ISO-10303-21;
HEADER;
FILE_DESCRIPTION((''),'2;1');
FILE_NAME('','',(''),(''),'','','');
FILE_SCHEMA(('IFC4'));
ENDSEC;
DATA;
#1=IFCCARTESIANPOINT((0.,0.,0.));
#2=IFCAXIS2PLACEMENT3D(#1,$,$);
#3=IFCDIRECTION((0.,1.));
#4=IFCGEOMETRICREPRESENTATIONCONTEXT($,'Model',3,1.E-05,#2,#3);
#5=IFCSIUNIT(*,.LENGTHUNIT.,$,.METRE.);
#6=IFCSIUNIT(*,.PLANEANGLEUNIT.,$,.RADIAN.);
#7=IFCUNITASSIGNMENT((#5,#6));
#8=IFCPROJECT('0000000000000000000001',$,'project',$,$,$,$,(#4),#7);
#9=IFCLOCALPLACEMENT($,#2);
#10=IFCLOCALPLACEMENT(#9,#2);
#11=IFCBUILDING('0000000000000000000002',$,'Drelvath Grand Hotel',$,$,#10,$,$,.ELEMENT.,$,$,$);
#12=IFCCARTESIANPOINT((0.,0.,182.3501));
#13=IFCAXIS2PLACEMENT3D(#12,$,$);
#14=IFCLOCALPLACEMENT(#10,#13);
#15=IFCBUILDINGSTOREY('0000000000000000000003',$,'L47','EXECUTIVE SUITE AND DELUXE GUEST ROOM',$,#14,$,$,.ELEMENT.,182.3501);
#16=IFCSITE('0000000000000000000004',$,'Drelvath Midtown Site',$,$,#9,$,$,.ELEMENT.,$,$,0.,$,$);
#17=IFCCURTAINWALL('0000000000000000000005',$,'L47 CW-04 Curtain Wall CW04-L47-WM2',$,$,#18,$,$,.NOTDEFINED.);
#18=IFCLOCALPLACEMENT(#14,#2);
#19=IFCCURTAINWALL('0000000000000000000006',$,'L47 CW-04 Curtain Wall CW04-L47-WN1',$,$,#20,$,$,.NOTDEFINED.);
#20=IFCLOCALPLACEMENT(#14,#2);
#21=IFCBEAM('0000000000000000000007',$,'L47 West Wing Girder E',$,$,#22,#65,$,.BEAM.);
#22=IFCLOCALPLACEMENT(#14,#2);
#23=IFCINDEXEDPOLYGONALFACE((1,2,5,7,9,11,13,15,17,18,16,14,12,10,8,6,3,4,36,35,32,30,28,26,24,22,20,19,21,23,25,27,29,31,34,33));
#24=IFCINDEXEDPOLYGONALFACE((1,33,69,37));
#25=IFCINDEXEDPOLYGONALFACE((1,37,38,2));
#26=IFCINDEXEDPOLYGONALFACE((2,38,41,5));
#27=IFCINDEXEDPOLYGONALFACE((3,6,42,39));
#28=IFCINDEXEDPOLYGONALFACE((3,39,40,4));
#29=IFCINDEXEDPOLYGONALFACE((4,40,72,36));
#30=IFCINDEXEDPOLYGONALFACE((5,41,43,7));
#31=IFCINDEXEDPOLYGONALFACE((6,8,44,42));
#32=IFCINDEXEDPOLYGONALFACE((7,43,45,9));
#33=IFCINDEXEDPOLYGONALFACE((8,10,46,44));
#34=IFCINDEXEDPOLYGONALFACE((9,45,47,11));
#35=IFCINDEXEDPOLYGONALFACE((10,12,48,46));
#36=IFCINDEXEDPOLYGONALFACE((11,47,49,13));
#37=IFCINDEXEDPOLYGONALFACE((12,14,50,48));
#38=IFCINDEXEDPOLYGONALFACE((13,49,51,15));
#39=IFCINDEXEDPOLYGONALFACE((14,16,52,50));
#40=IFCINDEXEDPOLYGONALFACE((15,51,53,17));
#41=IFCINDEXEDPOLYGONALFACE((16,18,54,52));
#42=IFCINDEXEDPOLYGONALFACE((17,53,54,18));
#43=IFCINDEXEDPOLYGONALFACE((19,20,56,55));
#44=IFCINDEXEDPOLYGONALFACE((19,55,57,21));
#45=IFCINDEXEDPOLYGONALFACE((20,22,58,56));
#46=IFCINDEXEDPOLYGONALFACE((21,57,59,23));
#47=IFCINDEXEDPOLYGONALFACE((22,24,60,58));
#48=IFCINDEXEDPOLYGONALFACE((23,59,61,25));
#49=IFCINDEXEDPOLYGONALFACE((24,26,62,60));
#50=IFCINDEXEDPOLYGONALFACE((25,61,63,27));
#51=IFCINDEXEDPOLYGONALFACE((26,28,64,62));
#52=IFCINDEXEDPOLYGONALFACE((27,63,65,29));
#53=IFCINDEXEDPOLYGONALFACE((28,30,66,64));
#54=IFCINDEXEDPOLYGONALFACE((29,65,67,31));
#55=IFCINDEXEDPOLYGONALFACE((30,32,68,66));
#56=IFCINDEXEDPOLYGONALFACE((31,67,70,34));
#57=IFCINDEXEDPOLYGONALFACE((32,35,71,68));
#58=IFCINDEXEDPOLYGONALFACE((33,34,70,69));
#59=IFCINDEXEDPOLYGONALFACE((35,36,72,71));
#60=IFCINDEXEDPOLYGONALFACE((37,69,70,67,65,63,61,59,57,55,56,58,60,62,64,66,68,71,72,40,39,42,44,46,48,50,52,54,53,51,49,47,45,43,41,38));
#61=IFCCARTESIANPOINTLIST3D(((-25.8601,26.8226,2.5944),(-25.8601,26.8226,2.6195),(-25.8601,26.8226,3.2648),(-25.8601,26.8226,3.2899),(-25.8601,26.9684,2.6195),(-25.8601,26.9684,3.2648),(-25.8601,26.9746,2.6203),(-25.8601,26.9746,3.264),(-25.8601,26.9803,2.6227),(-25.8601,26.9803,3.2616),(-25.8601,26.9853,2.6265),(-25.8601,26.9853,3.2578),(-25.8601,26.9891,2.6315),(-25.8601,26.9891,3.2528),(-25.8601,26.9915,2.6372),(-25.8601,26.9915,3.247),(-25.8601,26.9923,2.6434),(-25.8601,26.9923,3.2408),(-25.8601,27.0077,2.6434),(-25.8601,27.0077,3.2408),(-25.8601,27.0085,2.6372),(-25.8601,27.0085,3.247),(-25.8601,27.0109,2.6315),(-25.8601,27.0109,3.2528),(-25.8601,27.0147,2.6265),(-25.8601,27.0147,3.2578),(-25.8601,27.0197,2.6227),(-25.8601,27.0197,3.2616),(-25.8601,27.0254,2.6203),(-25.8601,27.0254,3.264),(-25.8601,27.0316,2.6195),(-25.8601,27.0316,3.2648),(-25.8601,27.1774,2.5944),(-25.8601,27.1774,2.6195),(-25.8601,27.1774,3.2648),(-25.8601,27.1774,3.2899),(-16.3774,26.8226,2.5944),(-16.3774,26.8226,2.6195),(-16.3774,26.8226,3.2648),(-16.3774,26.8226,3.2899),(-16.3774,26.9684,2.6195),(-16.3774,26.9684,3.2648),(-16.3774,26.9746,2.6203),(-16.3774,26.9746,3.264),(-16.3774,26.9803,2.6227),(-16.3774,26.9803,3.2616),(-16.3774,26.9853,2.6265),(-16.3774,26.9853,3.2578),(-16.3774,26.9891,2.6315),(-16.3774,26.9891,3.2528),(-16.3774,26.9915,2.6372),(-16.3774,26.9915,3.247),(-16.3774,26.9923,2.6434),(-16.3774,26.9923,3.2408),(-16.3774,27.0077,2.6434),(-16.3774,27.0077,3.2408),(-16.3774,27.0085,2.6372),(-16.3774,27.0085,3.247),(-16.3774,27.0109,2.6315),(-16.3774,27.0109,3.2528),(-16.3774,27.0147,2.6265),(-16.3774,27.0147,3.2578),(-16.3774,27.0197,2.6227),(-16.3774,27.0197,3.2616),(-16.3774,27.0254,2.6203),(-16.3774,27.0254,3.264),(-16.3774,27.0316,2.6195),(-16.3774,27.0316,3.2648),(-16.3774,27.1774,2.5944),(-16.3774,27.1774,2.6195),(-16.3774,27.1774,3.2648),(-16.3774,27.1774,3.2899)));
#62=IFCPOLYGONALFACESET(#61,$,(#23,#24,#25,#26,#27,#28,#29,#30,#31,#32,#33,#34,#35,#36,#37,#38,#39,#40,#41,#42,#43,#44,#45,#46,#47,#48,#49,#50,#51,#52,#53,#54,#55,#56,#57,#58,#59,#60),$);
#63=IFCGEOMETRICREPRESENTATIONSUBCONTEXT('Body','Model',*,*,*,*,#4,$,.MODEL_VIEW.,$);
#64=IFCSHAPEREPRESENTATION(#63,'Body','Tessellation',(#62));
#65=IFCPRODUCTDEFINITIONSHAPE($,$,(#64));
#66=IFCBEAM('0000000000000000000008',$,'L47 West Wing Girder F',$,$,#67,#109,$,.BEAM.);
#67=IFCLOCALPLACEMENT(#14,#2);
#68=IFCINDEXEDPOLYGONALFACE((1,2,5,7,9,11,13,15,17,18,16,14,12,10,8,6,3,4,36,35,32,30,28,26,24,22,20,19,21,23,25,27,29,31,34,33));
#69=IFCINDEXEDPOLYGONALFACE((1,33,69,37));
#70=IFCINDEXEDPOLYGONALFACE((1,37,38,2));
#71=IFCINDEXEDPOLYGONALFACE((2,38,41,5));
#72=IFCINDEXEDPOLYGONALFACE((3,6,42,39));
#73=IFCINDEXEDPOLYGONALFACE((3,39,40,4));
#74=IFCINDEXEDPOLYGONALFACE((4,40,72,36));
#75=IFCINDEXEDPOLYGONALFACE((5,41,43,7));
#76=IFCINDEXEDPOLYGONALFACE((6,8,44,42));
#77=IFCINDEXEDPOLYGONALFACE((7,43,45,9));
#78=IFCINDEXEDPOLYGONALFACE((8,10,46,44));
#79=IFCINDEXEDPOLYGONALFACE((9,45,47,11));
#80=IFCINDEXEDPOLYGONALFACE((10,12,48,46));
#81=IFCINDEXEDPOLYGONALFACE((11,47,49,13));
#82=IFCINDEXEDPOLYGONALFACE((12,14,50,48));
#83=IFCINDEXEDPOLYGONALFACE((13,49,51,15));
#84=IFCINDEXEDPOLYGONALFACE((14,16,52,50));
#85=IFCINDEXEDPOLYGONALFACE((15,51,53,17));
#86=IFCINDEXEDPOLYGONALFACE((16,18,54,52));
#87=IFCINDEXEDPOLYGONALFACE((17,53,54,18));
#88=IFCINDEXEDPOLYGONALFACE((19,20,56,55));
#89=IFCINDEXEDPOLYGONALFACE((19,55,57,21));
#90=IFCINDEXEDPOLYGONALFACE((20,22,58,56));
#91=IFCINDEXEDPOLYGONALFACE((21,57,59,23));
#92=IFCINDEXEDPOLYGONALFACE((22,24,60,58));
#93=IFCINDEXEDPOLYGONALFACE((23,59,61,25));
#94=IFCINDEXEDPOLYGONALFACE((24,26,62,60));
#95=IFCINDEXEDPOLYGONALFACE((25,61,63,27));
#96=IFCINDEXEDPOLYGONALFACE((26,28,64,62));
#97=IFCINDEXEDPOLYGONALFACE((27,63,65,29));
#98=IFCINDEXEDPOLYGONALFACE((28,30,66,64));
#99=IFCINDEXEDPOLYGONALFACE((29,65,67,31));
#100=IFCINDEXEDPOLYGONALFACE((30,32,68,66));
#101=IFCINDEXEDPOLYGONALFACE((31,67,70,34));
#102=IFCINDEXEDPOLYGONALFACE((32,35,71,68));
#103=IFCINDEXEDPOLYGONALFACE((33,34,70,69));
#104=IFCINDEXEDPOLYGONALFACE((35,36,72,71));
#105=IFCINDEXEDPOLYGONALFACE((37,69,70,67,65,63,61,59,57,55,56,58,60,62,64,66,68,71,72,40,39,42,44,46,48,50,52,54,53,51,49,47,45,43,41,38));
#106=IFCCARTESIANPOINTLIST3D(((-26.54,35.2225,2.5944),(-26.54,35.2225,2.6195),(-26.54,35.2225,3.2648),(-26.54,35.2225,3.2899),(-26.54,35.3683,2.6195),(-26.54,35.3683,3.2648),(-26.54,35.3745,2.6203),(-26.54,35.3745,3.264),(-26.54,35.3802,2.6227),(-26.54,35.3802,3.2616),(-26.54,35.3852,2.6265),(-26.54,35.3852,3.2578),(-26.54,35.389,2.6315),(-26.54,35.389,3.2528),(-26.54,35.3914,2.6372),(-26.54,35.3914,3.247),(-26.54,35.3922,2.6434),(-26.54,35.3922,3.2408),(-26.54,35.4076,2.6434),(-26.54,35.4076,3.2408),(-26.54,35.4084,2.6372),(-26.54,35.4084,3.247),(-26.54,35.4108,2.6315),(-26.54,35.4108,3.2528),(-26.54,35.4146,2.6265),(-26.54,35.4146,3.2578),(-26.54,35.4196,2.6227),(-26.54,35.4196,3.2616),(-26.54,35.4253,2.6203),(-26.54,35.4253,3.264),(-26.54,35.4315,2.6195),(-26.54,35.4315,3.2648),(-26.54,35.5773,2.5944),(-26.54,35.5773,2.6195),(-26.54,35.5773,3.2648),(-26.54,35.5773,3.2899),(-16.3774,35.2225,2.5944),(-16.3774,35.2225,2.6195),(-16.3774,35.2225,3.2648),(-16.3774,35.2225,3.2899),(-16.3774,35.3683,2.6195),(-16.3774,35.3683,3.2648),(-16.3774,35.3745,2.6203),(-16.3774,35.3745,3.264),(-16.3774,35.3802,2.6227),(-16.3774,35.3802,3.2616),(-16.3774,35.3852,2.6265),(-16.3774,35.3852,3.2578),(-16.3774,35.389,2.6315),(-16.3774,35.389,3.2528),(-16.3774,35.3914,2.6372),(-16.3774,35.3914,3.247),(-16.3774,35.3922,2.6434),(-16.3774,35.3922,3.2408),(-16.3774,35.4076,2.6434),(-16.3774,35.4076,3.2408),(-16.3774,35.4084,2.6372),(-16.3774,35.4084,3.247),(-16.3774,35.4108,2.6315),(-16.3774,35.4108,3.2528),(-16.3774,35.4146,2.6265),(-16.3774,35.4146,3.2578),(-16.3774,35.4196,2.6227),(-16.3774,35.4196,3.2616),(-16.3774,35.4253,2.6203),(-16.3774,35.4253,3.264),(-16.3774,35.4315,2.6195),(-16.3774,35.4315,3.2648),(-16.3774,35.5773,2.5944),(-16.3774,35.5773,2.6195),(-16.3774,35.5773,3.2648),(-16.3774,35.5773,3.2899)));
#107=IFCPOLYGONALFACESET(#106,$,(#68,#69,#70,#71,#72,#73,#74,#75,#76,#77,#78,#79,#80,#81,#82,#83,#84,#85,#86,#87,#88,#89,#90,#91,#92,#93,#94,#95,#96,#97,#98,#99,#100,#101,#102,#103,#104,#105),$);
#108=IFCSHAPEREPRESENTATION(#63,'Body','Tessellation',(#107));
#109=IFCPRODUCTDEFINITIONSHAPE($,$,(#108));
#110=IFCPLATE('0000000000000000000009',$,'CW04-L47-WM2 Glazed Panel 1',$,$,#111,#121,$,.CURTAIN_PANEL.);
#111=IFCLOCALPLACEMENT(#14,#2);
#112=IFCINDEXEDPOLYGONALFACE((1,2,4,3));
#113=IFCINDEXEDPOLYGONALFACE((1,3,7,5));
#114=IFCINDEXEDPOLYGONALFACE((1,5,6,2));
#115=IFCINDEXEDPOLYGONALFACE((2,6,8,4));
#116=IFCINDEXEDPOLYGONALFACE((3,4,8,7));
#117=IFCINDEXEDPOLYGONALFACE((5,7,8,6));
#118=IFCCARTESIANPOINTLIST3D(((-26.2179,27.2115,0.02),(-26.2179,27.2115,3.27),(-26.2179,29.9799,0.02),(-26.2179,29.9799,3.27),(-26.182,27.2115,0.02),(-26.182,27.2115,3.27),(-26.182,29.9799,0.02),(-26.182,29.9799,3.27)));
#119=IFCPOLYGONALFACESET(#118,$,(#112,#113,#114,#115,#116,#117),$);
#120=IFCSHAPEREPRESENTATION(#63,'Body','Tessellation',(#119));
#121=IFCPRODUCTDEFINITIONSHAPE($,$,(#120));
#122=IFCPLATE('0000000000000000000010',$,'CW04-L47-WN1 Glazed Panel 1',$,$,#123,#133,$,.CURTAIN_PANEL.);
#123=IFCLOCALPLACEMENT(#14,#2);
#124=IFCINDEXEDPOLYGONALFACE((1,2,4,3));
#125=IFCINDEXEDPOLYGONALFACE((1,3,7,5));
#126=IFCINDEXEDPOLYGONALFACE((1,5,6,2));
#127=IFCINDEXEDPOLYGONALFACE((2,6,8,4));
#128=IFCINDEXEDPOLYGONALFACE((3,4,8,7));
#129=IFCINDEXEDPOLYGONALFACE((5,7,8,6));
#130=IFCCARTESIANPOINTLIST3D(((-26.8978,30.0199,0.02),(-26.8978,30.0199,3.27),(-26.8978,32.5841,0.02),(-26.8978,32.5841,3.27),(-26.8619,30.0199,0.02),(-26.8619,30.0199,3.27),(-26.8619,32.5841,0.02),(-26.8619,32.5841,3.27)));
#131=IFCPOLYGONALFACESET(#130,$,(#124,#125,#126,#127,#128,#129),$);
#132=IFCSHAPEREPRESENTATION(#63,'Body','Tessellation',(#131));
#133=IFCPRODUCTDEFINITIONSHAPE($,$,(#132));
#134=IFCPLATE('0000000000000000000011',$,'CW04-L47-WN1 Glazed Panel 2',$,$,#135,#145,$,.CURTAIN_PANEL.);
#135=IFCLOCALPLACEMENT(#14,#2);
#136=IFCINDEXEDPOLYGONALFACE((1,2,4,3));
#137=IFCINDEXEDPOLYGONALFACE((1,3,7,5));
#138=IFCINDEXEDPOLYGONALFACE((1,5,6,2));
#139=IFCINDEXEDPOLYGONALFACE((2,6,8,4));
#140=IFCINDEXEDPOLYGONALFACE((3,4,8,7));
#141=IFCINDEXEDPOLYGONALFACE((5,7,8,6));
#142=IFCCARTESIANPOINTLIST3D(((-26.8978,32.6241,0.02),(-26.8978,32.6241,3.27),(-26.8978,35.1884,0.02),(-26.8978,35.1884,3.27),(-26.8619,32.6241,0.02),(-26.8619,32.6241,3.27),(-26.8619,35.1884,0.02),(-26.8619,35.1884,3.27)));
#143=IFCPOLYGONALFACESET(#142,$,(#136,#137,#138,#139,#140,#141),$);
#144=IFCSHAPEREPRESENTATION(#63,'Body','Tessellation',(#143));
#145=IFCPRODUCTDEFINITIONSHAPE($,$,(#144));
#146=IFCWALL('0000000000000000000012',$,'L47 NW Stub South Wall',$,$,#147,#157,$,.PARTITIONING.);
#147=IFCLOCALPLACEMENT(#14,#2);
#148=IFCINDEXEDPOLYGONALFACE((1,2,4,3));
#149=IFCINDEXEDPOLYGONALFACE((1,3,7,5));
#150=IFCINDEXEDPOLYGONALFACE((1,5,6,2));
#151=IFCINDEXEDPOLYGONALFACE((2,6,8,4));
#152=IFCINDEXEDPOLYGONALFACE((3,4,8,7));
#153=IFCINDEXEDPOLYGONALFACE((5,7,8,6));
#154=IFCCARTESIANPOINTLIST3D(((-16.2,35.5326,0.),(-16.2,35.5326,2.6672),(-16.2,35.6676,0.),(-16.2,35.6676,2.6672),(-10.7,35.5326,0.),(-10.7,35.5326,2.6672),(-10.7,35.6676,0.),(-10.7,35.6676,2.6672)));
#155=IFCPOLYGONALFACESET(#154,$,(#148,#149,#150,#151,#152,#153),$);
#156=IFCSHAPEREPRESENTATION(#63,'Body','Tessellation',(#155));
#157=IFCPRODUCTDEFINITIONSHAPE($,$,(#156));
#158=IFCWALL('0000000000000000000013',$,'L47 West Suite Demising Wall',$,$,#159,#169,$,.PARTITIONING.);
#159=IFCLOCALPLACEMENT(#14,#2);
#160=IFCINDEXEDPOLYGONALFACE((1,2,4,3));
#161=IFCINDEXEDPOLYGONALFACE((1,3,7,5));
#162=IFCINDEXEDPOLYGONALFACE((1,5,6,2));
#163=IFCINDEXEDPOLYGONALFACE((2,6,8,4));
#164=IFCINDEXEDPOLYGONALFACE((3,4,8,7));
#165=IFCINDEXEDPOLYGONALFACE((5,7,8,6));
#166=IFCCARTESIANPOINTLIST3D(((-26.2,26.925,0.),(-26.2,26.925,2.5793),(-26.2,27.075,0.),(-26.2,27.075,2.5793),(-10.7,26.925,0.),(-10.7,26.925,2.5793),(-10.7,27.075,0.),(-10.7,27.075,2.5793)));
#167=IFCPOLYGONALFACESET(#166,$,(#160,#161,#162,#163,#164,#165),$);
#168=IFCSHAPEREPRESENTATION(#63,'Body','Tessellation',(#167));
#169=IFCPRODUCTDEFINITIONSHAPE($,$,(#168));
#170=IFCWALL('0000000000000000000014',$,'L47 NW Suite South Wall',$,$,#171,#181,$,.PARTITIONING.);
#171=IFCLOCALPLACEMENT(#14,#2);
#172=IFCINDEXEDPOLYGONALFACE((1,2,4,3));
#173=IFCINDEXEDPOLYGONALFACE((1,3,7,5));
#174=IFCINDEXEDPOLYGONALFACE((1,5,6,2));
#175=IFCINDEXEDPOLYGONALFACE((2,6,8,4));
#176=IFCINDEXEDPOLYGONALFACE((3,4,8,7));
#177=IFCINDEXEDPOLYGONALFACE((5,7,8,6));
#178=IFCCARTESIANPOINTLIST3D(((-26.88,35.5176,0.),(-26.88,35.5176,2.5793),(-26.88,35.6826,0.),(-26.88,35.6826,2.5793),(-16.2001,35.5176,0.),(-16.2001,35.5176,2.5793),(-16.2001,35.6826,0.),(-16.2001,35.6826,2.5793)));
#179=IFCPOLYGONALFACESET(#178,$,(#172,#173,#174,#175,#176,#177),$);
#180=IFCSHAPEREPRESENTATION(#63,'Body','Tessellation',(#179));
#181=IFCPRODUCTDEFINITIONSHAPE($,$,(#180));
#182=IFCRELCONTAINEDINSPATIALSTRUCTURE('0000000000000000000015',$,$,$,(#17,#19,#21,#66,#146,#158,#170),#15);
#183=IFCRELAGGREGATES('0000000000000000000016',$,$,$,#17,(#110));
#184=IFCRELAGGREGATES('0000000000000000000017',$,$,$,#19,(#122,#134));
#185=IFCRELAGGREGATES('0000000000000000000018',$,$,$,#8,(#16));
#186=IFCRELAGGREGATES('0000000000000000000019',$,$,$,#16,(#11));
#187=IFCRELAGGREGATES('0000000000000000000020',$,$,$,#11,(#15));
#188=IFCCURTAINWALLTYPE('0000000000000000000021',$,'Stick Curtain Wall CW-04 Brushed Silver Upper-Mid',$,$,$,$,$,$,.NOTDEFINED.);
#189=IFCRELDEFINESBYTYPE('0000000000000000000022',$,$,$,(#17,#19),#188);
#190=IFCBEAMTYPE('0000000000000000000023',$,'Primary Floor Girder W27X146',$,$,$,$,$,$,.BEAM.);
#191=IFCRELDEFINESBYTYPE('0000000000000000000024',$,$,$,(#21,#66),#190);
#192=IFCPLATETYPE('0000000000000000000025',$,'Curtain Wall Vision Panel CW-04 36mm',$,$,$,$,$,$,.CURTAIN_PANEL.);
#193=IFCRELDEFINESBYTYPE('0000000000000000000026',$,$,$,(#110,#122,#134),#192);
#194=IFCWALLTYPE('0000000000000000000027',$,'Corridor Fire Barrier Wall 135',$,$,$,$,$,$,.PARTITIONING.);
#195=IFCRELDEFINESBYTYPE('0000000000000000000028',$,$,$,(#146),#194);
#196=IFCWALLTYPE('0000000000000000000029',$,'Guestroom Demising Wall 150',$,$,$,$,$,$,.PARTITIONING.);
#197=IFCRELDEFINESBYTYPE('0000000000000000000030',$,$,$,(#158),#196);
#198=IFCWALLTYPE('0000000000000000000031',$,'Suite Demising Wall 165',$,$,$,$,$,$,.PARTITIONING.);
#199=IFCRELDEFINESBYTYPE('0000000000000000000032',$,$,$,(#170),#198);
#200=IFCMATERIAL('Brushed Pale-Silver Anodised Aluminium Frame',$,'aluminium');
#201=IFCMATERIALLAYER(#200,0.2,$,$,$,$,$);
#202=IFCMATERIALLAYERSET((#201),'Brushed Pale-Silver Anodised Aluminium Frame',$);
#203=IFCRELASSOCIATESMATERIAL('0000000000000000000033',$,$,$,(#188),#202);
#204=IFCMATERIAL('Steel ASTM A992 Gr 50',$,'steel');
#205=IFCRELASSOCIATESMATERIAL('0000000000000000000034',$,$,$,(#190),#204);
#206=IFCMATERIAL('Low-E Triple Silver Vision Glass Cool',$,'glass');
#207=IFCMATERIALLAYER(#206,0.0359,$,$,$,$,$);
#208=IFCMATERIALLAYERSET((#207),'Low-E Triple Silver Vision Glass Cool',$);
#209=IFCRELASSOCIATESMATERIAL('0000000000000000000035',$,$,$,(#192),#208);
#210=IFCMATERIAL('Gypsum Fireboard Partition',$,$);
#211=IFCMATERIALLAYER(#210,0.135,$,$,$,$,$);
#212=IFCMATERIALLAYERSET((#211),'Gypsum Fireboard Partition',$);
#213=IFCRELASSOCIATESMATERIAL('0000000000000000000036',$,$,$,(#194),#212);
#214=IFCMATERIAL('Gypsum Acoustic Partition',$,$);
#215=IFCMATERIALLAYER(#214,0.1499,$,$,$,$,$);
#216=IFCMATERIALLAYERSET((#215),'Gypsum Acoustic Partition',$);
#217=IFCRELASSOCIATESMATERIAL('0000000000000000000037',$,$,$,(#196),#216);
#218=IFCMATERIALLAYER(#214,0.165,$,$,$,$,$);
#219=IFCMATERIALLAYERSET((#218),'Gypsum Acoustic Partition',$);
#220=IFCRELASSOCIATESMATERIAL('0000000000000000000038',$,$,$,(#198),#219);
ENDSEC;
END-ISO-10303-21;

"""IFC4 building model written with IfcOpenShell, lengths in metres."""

from ifc_helpers import new_model, si_unit, direction, frame, frame_2d, origin, origin_2d, place, context, subcontext, project, spatial, rectangle, i_section, extrude, material, layer, layer_set, material_profile, profile_set, type_object, element, aggregate, save


model = new_model("IFC4")

# Units and contexts
model_context = context("Model", 3, precision=1e-05, world=origin(), true_north=direction((0.0, 1.0)))
body_context = subcontext(model_context, "Body", "Model", "MODEL_VIEW")
ifc_project = project(units=[si_unit("LENGTHUNIT", "METRE"), si_unit("PLANEANGLEUNIT", "RADIAN")], contexts=[model_context])

# Site, building, storey
site_placement = place(None, origin())
site = spatial("IfcSite", under=ifc_project, at=site_placement, Name="Drelvath Midtown Site", CompositionType="ELEMENT", RefElevation=0.0)
building_placement = place(site_placement, origin())
building = spatial("IfcBuilding", under=site, at=building_placement, Name="Drelvath Grand Hotel", CompositionType="ELEMENT")
storey_placement = place(building_placement, frame((0.0, 0.0, 182.3501)))
storey = spatial("IfcBuildingStorey", under=building, at=storey_placement, Name="L47", Description="EXECUTIVE SUITE AND DELUXE GUEST ROOM", CompositionType="ELEMENT", Elevation=182.3501)

# Curtain walls
ifc_material_1 = material(Name="Brushed Pale-Silver Anodised Aluminium Frame", Category="aluminium")
ifc_layer_1 = layer(ifc_material_1, 0.2)
ifc_layer_set_1 = layer_set([ifc_layer_1], Name="Brushed Pale-Silver Anodised Aluminium Frame")
curtain_wall_type = type_object("IfcCurtainWallType", Name="Stick Curtain Wall CW-04 Brushed Silver Upper-Mid", PredefinedType="NOTDEFINED", material=ifc_layer_set_1)
curtain_wall_1_placement = place(storey_placement, origin())
curtain_wall_1 = element("IfcCurtainWall", 1, at=curtain_wall_1_placement, inside=storey, type_object=curtain_wall_type, Name="L47 CW-04 Curtain Wall CW04-L47-WM2", PredefinedType="NOTDEFINED")
curtain_wall_2_placement = place(storey_placement, origin())
curtain_wall_2 = element("IfcCurtainWall", 2, at=curtain_wall_2_placement, inside=storey, type_object=curtain_wall_type, Name="L47 CW-04 Curtain Wall CW04-L47-WN1", PredefinedType="NOTDEFINED")

# Beams
ifc_material_2 = material(Name="Steel ASTM A992 Gr 50", Category="steel")
ifc_material_profile_1 = material_profile(ifc_material_2, i_section(OverallWidth=0.3547, OverallDepth=0.6956, WebThickness=0.0154, FlangeThickness=0.0251, FilletRadius=0.0239, at=origin_2d()), Name="W27X146")
ifc_profile_set_1 = profile_set([ifc_material_profile_1], Name="Steel ASTM A992 Gr 50")
beam_type_1 = type_object("IfcBeamType", Name="Primary Floor Girder W27X146", PredefinedType="BEAM", material=ifc_profile_set_1)
beam_1_placement = place(storey_placement, frame((-25.8601, 27.0, 2.9421), z_axis=(1.0, 0.0, 0.0), x_axis=(0.0, 1.0, 0.0)))
element("IfcBeam", 3, at=beam_1_placement, inside=storey, type_object=beam_type_1, Name="L47 West Wing Girder E", PredefinedType="BEAM", context=body_context, shape_type="SweptSolid", body=[
    extrude(i_section(OverallWidth=0.3547, OverallDepth=0.6956, WebThickness=0.0154, FlangeThickness=0.0251, FilletRadius=0.0239, at=origin_2d()), origin(), (0.0, 0.0, 1.0), 9.4827),
])
beam_2_placement = place(storey_placement, frame((-26.54, 35.3999, 2.9421), z_axis=(1.0, 0.0, 0.0), x_axis=(0.0, 1.0, 0.0)))
element("IfcBeam", 4, at=beam_2_placement, inside=storey, type_object=beam_type_1, Name="L47 West Wing Girder F", PredefinedType="BEAM", context=body_context, shape_type="SweptSolid", body=[
    extrude(i_section(OverallWidth=0.3547, OverallDepth=0.6956, WebThickness=0.0154, FlangeThickness=0.0251, FilletRadius=0.0239, at=origin_2d()), origin(), (0.0, 0.0, 1.0), 10.1626),
])

# Plates
ifc_material_3 = material(Name="Low-E Triple Silver Vision Glass Cool", Category="glass")
ifc_layer_2 = layer(ifc_material_3, 0.0359)
ifc_layer_set_2 = layer_set([ifc_layer_2], Name="Low-E Triple Silver Vision Glass Cool")
plate_type = type_object("IfcPlateType", Name="Curtain Wall Vision Panel CW-04 36mm", PredefinedType="CURTAIN_PANEL", material=ifc_layer_set_2)
plate_1_placement = place(storey_placement, frame((-26.2, 28.5957, 0.02), z_axis=(0.0, 0.0, 1.0), x_axis=(0.0, 1.0, 0.0)))
plate_1 = element("IfcPlate", 5, at=plate_1_placement, type_object=plate_type, Name="CW04-L47-WM2 Glazed Panel 1", PredefinedType="CURTAIN_PANEL", context=body_context, shape_type="SweptSolid", body=[
    extrude(rectangle(XDim=2.7683, YDim=0.0359, at=origin_2d()), origin(), (0.0, 0.0, 1.0), 3.25),
])
aggregate(curtain_wall_1, [plate_1])
plate_2_placement = place(storey_placement, frame((-26.8799, 31.302, 0.02), z_axis=(0.0, 0.0, 1.0), x_axis=(0.0, 1.0, 0.0)))
plate_2 = element("IfcPlate", 6, at=plate_2_placement, type_object=plate_type, Name="CW04-L47-WN1 Glazed Panel 1", PredefinedType="CURTAIN_PANEL", context=body_context, shape_type="SweptSolid", body=[
    extrude(rectangle(XDim=2.5642, YDim=0.0359, at=origin_2d()), origin(), (0.0, 0.0, 1.0), 3.25),
])
plate_3_placement = place(storey_placement, frame((-26.8799, 33.9062, 0.02), z_axis=(0.0, 0.0, 1.0), x_axis=(0.0, 1.0, 0.0)))
plate_3 = element("IfcPlate", 7, at=plate_3_placement, type_object=plate_type, Name="CW04-L47-WN1 Glazed Panel 2", PredefinedType="CURTAIN_PANEL", context=body_context, shape_type="SweptSolid", body=[
    extrude(rectangle(XDim=2.5642, YDim=0.0359, at=origin_2d()), origin(), (0.0, 0.0, 1.0), 3.25),
])
aggregate(curtain_wall_2, [plate_2, plate_3])

# Walls
ifc_material_4 = material(Name="Gypsum Fireboard Partition")
ifc_layer_3 = layer(ifc_material_4, 0.135)
ifc_layer_set_3 = layer_set([ifc_layer_3], Name="Gypsum Fireboard Partition")
wall_type_1 = type_object("IfcWallType", Name="Corridor Fire Barrier Wall 135", PredefinedType="PARTITIONING", material=ifc_layer_set_3)
wall_1_placement = place(storey_placement, frame((-16.2, 35.6001, 0.0), z_axis=(0.0, 0.0, 1.0), x_axis=(1.0, 0.0, 0.0)))
element("IfcWall", 8, at=wall_1_placement, inside=storey, type_object=wall_type_1, Name="L47 NW Stub South Wall", PredefinedType="PARTITIONING", context=body_context, shape_type="SweptSolid", body=[
    extrude(rectangle(XDim=5.5, YDim=0.135, at=frame_2d((2.75, 0.0))), origin(), (0.0, 0.0, 1.0), 2.6672),
])
ifc_material_5 = material(Name="Gypsum Acoustic Partition")
ifc_layer_4 = layer(ifc_material_5, 0.1499)
ifc_layer_set_4 = layer_set([ifc_layer_4], Name="Gypsum Acoustic Partition")
wall_type_2 = type_object("IfcWallType", Name="Guestroom Demising Wall 150", PredefinedType="PARTITIONING", material=ifc_layer_set_4)
wall_2_placement = place(storey_placement, frame((-26.2, 27.0, 0.0), z_axis=(0.0, 0.0, 1.0), x_axis=(1.0, 0.0, 0.0)))
element("IfcWall", 9, at=wall_2_placement, inside=storey, type_object=wall_type_2, Name="L47 West Suite Demising Wall", PredefinedType="PARTITIONING", context=body_context, shape_type="SweptSolid", body=[
    extrude(rectangle(XDim=15.5, YDim=0.1499, at=frame_2d((7.75, 0.0))), origin(), (0.0, 0.0, 1.0), 2.5793),
])
ifc_layer_5 = layer(ifc_material_5, 0.165)
ifc_layer_set_5 = layer_set([ifc_layer_5], Name="Gypsum Acoustic Partition")
wall_type_3 = type_object("IfcWallType", Name="Suite Demising Wall 165", PredefinedType="PARTITIONING", material=ifc_layer_set_5)
wall_3_placement = place(storey_placement, frame((-26.8799, 35.6001, 0.0), z_axis=(0.0, 0.0, 1.0), x_axis=(1.0, 0.0, 0.0)))
element("IfcWall", 10, at=wall_3_placement, inside=storey, type_object=wall_type_3, Name="L47 NW Suite South Wall", PredefinedType="PARTITIONING", context=body_context, shape_type="SweptSolid", body=[
    extrude(rectangle(XDim=10.6799, YDim=0.165, at=frame_2d((5.3398, 0.0))), origin(), (0.0, 0.0, 1.0), 2.5793),
])

save(model, "model.ifc")
